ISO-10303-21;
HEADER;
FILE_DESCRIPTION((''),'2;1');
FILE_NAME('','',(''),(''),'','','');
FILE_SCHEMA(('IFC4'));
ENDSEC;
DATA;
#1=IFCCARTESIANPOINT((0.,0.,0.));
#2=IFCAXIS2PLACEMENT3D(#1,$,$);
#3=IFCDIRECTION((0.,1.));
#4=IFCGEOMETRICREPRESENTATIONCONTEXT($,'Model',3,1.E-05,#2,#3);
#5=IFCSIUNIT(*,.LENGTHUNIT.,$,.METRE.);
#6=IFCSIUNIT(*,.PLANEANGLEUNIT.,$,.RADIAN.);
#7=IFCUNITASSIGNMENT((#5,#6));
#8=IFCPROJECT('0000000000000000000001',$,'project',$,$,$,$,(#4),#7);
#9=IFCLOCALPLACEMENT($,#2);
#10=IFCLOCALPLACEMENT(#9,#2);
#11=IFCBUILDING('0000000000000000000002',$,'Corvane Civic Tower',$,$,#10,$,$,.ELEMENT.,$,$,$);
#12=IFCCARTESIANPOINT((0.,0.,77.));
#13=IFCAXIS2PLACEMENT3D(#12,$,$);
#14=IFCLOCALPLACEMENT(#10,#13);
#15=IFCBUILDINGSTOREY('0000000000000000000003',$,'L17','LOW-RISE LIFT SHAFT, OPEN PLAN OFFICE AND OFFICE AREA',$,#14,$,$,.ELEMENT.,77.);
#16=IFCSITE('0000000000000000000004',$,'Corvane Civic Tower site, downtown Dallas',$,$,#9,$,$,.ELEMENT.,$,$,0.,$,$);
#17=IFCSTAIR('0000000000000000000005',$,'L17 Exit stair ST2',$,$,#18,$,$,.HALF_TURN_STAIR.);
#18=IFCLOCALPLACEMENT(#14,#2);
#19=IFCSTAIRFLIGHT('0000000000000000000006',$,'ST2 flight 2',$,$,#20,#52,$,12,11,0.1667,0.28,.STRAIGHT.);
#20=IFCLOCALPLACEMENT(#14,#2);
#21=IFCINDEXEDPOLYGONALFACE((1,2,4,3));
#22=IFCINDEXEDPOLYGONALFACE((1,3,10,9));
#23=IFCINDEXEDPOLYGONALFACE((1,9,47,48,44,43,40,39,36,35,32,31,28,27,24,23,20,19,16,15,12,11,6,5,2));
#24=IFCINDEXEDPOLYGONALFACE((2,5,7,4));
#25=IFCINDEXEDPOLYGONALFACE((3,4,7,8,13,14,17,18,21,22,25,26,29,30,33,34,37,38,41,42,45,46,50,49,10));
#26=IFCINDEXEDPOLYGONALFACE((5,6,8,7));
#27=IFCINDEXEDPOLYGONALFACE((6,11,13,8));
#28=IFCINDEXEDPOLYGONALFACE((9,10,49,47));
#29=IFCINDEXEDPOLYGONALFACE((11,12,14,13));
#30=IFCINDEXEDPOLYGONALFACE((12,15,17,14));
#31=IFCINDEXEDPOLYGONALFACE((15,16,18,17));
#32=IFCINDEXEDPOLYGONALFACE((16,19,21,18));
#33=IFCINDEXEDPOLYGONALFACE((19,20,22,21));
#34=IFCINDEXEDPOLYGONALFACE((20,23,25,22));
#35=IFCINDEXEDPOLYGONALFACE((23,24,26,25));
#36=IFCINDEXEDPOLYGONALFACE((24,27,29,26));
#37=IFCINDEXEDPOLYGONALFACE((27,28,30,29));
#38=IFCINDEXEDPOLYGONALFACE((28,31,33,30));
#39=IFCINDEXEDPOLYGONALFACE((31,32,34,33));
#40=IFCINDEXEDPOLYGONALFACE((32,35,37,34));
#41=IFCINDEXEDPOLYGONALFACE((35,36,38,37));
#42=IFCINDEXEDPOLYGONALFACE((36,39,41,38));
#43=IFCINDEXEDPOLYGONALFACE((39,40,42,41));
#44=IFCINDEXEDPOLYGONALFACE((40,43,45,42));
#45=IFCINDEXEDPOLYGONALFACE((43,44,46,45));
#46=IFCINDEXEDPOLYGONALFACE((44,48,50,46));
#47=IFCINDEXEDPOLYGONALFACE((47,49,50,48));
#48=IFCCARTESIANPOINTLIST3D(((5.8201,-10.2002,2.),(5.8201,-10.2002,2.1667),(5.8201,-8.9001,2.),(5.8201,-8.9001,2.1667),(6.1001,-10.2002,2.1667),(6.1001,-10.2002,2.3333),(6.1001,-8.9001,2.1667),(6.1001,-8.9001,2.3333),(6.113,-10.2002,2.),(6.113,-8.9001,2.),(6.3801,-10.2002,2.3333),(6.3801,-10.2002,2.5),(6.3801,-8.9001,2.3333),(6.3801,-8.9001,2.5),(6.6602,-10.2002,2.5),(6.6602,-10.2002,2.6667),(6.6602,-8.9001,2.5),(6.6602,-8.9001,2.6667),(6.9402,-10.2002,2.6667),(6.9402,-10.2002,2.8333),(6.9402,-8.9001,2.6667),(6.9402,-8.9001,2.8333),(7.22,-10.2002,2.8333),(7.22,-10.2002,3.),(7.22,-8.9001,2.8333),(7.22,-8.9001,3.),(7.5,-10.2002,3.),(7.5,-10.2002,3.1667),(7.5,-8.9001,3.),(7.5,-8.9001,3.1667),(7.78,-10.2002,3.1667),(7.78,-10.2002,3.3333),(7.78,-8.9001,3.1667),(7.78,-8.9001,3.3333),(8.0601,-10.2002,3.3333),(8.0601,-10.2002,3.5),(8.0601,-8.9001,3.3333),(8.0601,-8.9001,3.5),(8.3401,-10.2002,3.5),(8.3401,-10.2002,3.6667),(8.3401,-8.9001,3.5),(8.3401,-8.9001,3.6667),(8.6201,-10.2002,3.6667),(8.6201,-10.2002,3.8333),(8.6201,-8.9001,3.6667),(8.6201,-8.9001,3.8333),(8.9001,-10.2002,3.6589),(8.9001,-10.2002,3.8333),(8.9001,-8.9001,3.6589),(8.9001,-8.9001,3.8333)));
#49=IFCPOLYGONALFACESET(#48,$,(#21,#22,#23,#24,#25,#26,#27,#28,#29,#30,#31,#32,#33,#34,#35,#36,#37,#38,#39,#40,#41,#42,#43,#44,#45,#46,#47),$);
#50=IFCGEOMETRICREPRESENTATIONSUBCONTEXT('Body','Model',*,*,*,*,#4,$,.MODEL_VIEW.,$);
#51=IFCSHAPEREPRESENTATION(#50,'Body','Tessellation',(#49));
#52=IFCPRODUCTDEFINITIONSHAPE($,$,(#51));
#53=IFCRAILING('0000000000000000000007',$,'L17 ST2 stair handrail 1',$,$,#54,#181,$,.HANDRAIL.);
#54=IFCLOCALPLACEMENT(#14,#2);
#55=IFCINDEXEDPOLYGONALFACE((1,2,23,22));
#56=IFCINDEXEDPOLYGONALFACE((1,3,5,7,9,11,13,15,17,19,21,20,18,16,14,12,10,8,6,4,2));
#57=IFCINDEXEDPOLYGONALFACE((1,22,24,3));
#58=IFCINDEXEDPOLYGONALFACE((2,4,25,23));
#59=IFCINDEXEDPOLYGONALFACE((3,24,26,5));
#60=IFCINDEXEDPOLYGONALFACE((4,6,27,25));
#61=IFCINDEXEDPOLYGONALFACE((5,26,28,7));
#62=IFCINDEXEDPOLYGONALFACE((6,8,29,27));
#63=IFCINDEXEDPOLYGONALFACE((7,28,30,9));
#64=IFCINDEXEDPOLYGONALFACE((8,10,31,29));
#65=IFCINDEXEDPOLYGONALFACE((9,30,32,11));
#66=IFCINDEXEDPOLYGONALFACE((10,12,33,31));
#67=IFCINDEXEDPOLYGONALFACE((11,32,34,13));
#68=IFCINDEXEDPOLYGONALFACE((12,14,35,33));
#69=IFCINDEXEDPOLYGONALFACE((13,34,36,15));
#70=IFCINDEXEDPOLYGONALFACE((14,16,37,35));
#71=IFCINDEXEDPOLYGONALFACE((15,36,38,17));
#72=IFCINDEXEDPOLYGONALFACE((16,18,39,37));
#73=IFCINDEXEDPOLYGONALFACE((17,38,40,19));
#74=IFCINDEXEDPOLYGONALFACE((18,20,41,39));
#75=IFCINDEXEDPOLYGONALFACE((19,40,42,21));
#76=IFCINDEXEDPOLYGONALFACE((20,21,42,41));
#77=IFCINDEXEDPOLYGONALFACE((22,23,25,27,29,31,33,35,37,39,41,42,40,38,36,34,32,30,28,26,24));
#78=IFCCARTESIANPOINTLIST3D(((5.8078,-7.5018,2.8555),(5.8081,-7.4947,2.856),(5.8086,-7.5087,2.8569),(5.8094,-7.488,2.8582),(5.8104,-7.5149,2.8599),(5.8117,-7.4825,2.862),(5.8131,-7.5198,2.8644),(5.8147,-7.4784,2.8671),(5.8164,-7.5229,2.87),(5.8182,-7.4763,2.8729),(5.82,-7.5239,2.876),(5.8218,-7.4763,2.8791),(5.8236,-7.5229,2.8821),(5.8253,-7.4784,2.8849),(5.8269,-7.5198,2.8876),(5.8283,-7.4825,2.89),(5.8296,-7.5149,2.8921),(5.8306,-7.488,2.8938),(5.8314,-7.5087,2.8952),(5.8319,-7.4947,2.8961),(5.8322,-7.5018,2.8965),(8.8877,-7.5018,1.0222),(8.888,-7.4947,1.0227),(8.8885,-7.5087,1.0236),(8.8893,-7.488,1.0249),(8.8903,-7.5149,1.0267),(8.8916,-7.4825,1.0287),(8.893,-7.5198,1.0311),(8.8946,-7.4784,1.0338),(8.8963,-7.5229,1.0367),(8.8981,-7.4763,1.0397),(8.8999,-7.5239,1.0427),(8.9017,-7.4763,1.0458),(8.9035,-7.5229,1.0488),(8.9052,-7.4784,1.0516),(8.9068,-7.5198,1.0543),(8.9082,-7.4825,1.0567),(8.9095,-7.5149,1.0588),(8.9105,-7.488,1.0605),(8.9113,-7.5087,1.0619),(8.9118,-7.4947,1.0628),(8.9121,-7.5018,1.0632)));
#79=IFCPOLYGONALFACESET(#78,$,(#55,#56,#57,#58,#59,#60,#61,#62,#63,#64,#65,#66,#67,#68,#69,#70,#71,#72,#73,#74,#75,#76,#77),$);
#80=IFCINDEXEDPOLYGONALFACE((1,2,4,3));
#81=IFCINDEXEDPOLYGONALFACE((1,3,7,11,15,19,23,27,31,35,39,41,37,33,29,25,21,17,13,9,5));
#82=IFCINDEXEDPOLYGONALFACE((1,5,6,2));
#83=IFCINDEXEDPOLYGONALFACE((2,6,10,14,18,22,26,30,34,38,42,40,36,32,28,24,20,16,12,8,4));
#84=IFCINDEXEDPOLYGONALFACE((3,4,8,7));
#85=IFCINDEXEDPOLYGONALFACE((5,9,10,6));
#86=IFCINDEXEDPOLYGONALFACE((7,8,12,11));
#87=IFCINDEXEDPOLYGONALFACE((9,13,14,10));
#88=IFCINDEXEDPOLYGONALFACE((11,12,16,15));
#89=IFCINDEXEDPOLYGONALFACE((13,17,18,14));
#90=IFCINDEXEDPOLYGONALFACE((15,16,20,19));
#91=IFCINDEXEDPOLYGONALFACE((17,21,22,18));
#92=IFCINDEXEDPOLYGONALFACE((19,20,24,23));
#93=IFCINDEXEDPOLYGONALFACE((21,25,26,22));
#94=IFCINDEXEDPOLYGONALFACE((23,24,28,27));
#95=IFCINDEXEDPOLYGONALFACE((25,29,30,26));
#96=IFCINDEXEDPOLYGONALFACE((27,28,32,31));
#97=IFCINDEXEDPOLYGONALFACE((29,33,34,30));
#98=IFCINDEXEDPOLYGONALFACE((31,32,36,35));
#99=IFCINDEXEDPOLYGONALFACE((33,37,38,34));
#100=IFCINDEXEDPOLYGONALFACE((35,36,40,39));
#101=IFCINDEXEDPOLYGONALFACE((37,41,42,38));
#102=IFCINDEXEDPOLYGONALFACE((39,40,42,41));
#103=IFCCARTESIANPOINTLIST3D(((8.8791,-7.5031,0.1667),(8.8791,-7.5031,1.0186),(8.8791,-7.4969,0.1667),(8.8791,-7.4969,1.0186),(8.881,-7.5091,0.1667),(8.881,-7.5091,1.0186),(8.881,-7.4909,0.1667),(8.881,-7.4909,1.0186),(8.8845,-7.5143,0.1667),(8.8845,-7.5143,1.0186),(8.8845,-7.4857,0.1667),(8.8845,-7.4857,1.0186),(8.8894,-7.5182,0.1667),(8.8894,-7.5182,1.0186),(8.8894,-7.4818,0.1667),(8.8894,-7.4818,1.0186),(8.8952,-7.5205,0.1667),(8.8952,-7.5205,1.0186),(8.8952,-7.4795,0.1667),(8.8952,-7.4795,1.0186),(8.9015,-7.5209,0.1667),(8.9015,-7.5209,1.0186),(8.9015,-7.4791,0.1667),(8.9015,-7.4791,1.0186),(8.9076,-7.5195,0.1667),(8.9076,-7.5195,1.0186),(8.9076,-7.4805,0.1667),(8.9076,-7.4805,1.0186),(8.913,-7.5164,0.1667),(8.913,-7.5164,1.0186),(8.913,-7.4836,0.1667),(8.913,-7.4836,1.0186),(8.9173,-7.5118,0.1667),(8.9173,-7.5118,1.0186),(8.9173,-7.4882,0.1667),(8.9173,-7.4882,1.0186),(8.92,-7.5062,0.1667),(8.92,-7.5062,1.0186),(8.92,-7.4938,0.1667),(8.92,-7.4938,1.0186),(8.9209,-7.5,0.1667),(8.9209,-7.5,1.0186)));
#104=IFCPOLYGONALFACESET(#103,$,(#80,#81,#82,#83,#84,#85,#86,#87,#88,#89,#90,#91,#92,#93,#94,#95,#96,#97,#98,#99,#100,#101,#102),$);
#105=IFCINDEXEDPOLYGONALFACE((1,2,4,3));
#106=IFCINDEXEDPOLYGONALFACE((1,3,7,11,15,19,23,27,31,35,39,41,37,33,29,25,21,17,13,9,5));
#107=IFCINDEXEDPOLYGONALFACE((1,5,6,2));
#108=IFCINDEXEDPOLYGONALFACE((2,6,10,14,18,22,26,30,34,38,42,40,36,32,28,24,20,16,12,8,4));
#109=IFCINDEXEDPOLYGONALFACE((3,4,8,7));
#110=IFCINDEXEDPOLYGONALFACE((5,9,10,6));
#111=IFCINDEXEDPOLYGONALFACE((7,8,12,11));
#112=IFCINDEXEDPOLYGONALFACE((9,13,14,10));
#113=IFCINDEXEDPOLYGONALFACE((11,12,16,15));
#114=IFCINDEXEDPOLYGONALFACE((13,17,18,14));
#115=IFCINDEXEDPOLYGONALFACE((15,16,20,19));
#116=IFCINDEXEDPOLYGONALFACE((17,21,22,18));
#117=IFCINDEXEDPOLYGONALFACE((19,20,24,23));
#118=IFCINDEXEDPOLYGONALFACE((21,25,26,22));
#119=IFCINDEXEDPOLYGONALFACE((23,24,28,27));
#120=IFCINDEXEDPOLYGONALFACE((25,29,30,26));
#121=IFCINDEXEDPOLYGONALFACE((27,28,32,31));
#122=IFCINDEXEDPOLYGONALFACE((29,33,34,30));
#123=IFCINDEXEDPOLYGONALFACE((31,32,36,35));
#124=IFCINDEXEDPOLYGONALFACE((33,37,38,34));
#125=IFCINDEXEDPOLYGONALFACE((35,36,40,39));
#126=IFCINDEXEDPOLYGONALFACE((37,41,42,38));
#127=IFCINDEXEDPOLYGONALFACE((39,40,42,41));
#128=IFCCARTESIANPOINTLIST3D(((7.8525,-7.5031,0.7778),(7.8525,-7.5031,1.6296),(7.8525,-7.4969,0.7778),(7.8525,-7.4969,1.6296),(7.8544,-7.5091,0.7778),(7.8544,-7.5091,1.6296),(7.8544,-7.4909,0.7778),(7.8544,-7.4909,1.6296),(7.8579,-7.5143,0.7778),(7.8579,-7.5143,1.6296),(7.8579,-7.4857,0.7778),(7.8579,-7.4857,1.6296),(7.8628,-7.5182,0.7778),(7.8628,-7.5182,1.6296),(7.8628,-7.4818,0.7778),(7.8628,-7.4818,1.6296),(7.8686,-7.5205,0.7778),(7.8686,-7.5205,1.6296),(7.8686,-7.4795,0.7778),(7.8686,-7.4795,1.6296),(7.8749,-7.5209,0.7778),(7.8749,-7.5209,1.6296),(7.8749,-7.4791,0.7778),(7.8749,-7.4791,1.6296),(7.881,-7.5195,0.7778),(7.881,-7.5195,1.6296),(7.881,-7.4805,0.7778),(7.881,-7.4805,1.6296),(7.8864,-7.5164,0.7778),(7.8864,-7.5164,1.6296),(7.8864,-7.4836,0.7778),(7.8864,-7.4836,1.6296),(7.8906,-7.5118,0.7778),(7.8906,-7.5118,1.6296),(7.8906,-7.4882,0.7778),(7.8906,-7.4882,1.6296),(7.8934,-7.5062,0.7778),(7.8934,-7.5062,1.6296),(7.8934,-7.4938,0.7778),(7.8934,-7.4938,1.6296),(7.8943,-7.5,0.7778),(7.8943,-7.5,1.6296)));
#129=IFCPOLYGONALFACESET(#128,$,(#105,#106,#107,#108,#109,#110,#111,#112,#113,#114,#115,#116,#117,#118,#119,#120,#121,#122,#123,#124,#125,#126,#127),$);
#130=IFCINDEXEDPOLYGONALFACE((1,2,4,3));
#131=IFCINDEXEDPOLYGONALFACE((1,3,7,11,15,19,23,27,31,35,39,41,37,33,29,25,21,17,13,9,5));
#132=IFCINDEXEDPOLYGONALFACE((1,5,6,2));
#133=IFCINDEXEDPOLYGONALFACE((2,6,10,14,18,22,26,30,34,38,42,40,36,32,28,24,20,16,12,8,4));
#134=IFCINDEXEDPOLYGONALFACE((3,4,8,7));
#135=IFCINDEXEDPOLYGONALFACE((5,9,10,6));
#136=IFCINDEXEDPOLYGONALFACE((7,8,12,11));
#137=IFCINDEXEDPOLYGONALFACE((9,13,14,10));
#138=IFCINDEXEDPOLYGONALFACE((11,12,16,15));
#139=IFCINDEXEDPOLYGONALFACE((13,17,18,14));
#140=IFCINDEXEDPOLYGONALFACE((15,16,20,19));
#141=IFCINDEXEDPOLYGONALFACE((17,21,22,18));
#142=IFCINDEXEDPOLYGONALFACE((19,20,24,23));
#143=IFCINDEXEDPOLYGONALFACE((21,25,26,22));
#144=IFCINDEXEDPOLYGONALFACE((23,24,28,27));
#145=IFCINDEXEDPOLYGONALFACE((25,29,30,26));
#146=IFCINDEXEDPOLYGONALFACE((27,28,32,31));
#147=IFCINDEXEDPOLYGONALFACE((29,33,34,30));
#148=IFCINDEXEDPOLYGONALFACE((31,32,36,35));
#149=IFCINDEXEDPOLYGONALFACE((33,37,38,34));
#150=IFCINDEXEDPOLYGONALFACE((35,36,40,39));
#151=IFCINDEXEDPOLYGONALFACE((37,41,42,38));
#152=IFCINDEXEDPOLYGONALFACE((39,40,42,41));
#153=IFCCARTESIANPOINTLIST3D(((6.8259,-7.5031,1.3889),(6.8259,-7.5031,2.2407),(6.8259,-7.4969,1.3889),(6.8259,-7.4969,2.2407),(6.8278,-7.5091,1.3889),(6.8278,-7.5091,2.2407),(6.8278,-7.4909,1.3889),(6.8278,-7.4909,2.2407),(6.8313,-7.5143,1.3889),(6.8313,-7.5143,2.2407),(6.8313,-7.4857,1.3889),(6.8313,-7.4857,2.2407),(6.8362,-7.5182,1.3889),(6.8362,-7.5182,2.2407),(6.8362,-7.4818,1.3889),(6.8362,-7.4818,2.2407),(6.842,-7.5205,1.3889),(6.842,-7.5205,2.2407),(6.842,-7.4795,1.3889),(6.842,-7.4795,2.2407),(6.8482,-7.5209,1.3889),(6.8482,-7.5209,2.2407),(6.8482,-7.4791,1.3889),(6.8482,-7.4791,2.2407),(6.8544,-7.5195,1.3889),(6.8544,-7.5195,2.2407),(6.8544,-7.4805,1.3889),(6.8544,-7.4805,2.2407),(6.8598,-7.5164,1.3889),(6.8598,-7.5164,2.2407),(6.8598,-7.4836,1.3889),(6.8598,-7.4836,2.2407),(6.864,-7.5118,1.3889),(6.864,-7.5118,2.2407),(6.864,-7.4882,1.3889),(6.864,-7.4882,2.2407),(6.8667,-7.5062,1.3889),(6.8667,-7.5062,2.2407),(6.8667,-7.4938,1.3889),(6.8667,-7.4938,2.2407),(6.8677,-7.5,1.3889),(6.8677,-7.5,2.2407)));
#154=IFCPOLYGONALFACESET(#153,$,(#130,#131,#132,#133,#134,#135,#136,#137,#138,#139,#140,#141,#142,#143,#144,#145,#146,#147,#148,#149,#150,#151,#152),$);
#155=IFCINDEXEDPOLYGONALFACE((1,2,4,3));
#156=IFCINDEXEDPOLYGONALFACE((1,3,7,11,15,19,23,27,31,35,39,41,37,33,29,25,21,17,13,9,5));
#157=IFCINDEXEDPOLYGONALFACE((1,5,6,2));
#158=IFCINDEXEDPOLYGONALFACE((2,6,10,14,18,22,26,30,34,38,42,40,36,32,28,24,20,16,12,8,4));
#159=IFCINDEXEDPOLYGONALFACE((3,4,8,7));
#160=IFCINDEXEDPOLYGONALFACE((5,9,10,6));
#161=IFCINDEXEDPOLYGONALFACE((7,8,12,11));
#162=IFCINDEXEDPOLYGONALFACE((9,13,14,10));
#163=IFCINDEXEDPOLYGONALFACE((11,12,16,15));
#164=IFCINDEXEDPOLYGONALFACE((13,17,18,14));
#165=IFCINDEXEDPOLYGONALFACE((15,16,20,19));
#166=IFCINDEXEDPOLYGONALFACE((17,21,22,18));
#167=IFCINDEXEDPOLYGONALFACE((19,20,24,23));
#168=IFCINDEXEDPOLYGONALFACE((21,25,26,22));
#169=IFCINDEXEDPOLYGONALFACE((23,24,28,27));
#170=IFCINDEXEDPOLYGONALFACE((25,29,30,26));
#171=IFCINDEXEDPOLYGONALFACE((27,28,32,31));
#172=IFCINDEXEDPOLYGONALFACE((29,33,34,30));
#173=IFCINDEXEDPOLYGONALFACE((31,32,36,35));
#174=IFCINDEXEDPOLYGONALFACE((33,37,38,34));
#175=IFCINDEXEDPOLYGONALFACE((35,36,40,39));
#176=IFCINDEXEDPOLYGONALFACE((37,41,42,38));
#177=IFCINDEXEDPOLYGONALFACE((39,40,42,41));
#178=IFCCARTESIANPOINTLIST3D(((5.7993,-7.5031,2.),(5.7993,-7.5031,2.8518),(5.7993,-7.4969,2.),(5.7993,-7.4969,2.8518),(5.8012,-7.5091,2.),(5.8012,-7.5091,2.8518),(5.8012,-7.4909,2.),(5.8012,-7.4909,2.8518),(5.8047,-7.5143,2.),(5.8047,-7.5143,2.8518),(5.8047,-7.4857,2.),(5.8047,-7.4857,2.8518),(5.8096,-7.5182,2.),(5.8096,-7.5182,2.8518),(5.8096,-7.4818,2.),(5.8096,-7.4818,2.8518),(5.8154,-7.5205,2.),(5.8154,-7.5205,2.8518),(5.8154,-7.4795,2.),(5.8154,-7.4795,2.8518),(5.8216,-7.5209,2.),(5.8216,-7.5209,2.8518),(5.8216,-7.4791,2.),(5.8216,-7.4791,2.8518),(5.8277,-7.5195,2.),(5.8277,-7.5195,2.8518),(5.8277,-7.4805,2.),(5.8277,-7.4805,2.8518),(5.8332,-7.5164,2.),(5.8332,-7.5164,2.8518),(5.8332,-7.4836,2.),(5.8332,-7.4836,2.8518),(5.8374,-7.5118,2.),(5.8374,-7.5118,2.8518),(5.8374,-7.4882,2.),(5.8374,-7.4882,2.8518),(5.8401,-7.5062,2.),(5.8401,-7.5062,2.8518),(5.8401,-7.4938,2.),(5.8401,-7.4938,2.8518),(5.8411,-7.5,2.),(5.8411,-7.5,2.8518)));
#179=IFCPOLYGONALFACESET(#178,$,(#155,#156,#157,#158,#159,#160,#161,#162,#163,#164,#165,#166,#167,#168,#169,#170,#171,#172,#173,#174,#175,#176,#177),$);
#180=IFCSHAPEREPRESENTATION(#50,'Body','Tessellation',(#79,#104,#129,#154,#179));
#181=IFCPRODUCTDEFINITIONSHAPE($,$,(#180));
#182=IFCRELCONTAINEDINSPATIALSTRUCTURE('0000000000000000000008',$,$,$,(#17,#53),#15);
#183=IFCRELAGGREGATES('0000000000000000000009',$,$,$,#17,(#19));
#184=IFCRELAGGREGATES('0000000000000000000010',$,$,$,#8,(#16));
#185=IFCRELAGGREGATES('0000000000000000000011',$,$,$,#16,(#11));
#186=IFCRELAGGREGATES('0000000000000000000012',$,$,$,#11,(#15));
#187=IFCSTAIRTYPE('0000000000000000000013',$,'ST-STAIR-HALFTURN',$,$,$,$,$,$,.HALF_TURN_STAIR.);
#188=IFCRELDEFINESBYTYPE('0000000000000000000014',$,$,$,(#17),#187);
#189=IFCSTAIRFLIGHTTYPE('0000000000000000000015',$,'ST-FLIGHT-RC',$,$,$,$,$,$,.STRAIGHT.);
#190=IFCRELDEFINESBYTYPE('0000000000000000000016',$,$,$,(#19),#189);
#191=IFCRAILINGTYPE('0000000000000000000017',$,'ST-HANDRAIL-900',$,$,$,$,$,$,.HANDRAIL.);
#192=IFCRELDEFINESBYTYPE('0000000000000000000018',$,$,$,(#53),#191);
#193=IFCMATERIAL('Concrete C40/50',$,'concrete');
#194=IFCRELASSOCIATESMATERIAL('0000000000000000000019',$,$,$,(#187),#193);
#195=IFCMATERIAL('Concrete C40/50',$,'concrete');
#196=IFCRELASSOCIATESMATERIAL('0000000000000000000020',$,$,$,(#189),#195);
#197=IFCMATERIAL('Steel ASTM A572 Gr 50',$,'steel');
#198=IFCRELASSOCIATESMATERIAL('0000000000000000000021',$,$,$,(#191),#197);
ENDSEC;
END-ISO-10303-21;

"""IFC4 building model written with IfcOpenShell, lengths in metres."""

from ifc_helpers import new_model, si_unit, direction, frame, origin, origin_2d, place, context, subcontext, project, spatial, polyline, circle, outline, extrude, material, type_object, element, aggregate, save


model = new_model("IFC4")

# Units and contexts
model_context = context("Model", 3, precision=1e-05, world=origin(), true_north=direction((0.0, 1.0)))
body_context = subcontext(model_context, "Body", "Model", "MODEL_VIEW")
ifc_project = project(units=[si_unit("LENGTHUNIT", "METRE"), si_unit("PLANEANGLEUNIT", "RADIAN")], contexts=[model_context])

# Site, building, storey
site_placement = place(None, origin())
site = spatial("IfcSite", under=ifc_project, at=site_placement, Name="Corvane Civic Tower site, downtown Dallas", CompositionType="ELEMENT", RefElevation=0.0)
building_placement = place(site_placement, origin())
building = spatial("IfcBuilding", under=site, at=building_placement, Name="Corvane Civic Tower", CompositionType="ELEMENT")
storey_placement = place(building_placement, frame((0.0, 0.0, 77.0)))
storey = spatial("IfcBuildingStorey", under=building, at=storey_placement, Name="L17", Description="LOW-RISE LIFT SHAFT, OPEN PLAN OFFICE AND OFFICE AREA", CompositionType="ELEMENT", Elevation=77.0)

# Stair
ifc_material_1 = material(Name="Concrete C40/50", Category="concrete")
stair_type = type_object("IfcStairType", Name="ST-STAIR-HALFTURN", PredefinedType="HALF_TURN_STAIR", material=ifc_material_1)
stair_1_placement = place(storey_placement, origin())
stair_1 = element("IfcStair", 1, at=stair_1_placement, inside=storey, type_object=stair_type, Name="L17 Exit stair ST2", PredefinedType="HALF_TURN_STAIR")

# Stair flight
ifc_material_2 = material(Name="Concrete C40/50", Category="concrete")
stair_flight_type = type_object("IfcStairFlightType", Name="ST-FLIGHT-RC", PredefinedType="STRAIGHT", material=ifc_material_2)
stair_flight_1_placement = place(storey_placement, frame((5.8201, -9.55, 2.0), z_axis=(0.0, 0.0, 1.0), x_axis=(1.0, 0.0, 0.0)))
stair_flight_1 = element("IfcStairFlight", 2, at=stair_flight_1_placement, type_object=stair_flight_type, Name="ST2 flight 2", NumberOfRisers=12, NumberOfTreads=11, PredefinedType="STRAIGHT", RiserHeight=0.1667, TreadLength=0.28, context=body_context, shape_type="SweptSolid", body=[
    extrude(outline(polyline([(0.0, 0.0), (0.0, 0.1667), (0.28, 0.1667), (0.28, 0.3333), (0.5601, 0.3333), (0.5601, 0.5), (0.8401, 0.5), (0.8401, 0.6667), (1.1201, 0.6667), (1.1201, 0.8333), (1.3999, 0.8333), (1.3999, 1.0), (1.6799, 1.0), (1.6799, 1.1667), (1.96, 1.1667), (1.96, 1.3333), (2.24, 1.3333), (2.24, 1.5), (2.52, 1.5), (2.52, 1.6667), (2.8, 1.6667), (2.8, 1.8333), (3.0801, 1.8333), (3.0801, 2.0), (3.0801, 1.6589), (0.293, 0.0), (0.0, 0.0)])), frame((0.0, 0.6499, 0.0), z_axis=(0.0, -1.0, 0.0), x_axis=(1.0, 0.0, 0.0)), (0.0, 0.0, 1.0), 1.3),
])
aggregate(stair_1, [stair_flight_1])

# Railing
ifc_material_3 = material(Name="Steel ASTM A572 Gr 50", Category="steel")
railing_type_1 = type_object("IfcRailingType", Name="ST-HANDRAIL-900", PredefinedType="HANDRAIL", material=ifc_material_3)
railing_1_placement = place(storey_placement, frame((8.8999, -7.5, 0.1667)))
element("IfcRailing", 3, at=railing_1_placement, inside=storey, type_object=railing_type_1, Name="L17 ST2 stair handrail 1", PredefinedType="HANDRAIL", context=body_context, shape_type="SweptSolid", body=[
    extrude(circle(Radius=0.0239, at=origin_2d()), frame((0.0, 0.0, 0.876), z_axis=(-0.859291, 0.0, 0.511487), x_axis=(0.0, -1.0, 0.0)), (0.0, 0.0, 1.0), 3.5842),
    extrude(circle(Radius=0.021, at=origin_2d()), origin(), (0.0, 0.0, 1.0), 0.8518),
    extrude(circle(Radius=0.021, at=origin_2d()), frame((-1.0266, 0.0, 0.6111)), (0.0, 0.0, 1.0), 0.8518),
    extrude(circle(Radius=0.021, at=origin_2d()), frame((-2.0532, 0.0, 1.2222)), (0.0, 0.0, 1.0), 0.8518),
    extrude(circle(Radius=0.021, at=origin_2d()), frame((-3.0798, 0.0, 1.8333)), (0.0, 0.0, 1.0), 0.8518),
])

save(model, "model.ifc")
